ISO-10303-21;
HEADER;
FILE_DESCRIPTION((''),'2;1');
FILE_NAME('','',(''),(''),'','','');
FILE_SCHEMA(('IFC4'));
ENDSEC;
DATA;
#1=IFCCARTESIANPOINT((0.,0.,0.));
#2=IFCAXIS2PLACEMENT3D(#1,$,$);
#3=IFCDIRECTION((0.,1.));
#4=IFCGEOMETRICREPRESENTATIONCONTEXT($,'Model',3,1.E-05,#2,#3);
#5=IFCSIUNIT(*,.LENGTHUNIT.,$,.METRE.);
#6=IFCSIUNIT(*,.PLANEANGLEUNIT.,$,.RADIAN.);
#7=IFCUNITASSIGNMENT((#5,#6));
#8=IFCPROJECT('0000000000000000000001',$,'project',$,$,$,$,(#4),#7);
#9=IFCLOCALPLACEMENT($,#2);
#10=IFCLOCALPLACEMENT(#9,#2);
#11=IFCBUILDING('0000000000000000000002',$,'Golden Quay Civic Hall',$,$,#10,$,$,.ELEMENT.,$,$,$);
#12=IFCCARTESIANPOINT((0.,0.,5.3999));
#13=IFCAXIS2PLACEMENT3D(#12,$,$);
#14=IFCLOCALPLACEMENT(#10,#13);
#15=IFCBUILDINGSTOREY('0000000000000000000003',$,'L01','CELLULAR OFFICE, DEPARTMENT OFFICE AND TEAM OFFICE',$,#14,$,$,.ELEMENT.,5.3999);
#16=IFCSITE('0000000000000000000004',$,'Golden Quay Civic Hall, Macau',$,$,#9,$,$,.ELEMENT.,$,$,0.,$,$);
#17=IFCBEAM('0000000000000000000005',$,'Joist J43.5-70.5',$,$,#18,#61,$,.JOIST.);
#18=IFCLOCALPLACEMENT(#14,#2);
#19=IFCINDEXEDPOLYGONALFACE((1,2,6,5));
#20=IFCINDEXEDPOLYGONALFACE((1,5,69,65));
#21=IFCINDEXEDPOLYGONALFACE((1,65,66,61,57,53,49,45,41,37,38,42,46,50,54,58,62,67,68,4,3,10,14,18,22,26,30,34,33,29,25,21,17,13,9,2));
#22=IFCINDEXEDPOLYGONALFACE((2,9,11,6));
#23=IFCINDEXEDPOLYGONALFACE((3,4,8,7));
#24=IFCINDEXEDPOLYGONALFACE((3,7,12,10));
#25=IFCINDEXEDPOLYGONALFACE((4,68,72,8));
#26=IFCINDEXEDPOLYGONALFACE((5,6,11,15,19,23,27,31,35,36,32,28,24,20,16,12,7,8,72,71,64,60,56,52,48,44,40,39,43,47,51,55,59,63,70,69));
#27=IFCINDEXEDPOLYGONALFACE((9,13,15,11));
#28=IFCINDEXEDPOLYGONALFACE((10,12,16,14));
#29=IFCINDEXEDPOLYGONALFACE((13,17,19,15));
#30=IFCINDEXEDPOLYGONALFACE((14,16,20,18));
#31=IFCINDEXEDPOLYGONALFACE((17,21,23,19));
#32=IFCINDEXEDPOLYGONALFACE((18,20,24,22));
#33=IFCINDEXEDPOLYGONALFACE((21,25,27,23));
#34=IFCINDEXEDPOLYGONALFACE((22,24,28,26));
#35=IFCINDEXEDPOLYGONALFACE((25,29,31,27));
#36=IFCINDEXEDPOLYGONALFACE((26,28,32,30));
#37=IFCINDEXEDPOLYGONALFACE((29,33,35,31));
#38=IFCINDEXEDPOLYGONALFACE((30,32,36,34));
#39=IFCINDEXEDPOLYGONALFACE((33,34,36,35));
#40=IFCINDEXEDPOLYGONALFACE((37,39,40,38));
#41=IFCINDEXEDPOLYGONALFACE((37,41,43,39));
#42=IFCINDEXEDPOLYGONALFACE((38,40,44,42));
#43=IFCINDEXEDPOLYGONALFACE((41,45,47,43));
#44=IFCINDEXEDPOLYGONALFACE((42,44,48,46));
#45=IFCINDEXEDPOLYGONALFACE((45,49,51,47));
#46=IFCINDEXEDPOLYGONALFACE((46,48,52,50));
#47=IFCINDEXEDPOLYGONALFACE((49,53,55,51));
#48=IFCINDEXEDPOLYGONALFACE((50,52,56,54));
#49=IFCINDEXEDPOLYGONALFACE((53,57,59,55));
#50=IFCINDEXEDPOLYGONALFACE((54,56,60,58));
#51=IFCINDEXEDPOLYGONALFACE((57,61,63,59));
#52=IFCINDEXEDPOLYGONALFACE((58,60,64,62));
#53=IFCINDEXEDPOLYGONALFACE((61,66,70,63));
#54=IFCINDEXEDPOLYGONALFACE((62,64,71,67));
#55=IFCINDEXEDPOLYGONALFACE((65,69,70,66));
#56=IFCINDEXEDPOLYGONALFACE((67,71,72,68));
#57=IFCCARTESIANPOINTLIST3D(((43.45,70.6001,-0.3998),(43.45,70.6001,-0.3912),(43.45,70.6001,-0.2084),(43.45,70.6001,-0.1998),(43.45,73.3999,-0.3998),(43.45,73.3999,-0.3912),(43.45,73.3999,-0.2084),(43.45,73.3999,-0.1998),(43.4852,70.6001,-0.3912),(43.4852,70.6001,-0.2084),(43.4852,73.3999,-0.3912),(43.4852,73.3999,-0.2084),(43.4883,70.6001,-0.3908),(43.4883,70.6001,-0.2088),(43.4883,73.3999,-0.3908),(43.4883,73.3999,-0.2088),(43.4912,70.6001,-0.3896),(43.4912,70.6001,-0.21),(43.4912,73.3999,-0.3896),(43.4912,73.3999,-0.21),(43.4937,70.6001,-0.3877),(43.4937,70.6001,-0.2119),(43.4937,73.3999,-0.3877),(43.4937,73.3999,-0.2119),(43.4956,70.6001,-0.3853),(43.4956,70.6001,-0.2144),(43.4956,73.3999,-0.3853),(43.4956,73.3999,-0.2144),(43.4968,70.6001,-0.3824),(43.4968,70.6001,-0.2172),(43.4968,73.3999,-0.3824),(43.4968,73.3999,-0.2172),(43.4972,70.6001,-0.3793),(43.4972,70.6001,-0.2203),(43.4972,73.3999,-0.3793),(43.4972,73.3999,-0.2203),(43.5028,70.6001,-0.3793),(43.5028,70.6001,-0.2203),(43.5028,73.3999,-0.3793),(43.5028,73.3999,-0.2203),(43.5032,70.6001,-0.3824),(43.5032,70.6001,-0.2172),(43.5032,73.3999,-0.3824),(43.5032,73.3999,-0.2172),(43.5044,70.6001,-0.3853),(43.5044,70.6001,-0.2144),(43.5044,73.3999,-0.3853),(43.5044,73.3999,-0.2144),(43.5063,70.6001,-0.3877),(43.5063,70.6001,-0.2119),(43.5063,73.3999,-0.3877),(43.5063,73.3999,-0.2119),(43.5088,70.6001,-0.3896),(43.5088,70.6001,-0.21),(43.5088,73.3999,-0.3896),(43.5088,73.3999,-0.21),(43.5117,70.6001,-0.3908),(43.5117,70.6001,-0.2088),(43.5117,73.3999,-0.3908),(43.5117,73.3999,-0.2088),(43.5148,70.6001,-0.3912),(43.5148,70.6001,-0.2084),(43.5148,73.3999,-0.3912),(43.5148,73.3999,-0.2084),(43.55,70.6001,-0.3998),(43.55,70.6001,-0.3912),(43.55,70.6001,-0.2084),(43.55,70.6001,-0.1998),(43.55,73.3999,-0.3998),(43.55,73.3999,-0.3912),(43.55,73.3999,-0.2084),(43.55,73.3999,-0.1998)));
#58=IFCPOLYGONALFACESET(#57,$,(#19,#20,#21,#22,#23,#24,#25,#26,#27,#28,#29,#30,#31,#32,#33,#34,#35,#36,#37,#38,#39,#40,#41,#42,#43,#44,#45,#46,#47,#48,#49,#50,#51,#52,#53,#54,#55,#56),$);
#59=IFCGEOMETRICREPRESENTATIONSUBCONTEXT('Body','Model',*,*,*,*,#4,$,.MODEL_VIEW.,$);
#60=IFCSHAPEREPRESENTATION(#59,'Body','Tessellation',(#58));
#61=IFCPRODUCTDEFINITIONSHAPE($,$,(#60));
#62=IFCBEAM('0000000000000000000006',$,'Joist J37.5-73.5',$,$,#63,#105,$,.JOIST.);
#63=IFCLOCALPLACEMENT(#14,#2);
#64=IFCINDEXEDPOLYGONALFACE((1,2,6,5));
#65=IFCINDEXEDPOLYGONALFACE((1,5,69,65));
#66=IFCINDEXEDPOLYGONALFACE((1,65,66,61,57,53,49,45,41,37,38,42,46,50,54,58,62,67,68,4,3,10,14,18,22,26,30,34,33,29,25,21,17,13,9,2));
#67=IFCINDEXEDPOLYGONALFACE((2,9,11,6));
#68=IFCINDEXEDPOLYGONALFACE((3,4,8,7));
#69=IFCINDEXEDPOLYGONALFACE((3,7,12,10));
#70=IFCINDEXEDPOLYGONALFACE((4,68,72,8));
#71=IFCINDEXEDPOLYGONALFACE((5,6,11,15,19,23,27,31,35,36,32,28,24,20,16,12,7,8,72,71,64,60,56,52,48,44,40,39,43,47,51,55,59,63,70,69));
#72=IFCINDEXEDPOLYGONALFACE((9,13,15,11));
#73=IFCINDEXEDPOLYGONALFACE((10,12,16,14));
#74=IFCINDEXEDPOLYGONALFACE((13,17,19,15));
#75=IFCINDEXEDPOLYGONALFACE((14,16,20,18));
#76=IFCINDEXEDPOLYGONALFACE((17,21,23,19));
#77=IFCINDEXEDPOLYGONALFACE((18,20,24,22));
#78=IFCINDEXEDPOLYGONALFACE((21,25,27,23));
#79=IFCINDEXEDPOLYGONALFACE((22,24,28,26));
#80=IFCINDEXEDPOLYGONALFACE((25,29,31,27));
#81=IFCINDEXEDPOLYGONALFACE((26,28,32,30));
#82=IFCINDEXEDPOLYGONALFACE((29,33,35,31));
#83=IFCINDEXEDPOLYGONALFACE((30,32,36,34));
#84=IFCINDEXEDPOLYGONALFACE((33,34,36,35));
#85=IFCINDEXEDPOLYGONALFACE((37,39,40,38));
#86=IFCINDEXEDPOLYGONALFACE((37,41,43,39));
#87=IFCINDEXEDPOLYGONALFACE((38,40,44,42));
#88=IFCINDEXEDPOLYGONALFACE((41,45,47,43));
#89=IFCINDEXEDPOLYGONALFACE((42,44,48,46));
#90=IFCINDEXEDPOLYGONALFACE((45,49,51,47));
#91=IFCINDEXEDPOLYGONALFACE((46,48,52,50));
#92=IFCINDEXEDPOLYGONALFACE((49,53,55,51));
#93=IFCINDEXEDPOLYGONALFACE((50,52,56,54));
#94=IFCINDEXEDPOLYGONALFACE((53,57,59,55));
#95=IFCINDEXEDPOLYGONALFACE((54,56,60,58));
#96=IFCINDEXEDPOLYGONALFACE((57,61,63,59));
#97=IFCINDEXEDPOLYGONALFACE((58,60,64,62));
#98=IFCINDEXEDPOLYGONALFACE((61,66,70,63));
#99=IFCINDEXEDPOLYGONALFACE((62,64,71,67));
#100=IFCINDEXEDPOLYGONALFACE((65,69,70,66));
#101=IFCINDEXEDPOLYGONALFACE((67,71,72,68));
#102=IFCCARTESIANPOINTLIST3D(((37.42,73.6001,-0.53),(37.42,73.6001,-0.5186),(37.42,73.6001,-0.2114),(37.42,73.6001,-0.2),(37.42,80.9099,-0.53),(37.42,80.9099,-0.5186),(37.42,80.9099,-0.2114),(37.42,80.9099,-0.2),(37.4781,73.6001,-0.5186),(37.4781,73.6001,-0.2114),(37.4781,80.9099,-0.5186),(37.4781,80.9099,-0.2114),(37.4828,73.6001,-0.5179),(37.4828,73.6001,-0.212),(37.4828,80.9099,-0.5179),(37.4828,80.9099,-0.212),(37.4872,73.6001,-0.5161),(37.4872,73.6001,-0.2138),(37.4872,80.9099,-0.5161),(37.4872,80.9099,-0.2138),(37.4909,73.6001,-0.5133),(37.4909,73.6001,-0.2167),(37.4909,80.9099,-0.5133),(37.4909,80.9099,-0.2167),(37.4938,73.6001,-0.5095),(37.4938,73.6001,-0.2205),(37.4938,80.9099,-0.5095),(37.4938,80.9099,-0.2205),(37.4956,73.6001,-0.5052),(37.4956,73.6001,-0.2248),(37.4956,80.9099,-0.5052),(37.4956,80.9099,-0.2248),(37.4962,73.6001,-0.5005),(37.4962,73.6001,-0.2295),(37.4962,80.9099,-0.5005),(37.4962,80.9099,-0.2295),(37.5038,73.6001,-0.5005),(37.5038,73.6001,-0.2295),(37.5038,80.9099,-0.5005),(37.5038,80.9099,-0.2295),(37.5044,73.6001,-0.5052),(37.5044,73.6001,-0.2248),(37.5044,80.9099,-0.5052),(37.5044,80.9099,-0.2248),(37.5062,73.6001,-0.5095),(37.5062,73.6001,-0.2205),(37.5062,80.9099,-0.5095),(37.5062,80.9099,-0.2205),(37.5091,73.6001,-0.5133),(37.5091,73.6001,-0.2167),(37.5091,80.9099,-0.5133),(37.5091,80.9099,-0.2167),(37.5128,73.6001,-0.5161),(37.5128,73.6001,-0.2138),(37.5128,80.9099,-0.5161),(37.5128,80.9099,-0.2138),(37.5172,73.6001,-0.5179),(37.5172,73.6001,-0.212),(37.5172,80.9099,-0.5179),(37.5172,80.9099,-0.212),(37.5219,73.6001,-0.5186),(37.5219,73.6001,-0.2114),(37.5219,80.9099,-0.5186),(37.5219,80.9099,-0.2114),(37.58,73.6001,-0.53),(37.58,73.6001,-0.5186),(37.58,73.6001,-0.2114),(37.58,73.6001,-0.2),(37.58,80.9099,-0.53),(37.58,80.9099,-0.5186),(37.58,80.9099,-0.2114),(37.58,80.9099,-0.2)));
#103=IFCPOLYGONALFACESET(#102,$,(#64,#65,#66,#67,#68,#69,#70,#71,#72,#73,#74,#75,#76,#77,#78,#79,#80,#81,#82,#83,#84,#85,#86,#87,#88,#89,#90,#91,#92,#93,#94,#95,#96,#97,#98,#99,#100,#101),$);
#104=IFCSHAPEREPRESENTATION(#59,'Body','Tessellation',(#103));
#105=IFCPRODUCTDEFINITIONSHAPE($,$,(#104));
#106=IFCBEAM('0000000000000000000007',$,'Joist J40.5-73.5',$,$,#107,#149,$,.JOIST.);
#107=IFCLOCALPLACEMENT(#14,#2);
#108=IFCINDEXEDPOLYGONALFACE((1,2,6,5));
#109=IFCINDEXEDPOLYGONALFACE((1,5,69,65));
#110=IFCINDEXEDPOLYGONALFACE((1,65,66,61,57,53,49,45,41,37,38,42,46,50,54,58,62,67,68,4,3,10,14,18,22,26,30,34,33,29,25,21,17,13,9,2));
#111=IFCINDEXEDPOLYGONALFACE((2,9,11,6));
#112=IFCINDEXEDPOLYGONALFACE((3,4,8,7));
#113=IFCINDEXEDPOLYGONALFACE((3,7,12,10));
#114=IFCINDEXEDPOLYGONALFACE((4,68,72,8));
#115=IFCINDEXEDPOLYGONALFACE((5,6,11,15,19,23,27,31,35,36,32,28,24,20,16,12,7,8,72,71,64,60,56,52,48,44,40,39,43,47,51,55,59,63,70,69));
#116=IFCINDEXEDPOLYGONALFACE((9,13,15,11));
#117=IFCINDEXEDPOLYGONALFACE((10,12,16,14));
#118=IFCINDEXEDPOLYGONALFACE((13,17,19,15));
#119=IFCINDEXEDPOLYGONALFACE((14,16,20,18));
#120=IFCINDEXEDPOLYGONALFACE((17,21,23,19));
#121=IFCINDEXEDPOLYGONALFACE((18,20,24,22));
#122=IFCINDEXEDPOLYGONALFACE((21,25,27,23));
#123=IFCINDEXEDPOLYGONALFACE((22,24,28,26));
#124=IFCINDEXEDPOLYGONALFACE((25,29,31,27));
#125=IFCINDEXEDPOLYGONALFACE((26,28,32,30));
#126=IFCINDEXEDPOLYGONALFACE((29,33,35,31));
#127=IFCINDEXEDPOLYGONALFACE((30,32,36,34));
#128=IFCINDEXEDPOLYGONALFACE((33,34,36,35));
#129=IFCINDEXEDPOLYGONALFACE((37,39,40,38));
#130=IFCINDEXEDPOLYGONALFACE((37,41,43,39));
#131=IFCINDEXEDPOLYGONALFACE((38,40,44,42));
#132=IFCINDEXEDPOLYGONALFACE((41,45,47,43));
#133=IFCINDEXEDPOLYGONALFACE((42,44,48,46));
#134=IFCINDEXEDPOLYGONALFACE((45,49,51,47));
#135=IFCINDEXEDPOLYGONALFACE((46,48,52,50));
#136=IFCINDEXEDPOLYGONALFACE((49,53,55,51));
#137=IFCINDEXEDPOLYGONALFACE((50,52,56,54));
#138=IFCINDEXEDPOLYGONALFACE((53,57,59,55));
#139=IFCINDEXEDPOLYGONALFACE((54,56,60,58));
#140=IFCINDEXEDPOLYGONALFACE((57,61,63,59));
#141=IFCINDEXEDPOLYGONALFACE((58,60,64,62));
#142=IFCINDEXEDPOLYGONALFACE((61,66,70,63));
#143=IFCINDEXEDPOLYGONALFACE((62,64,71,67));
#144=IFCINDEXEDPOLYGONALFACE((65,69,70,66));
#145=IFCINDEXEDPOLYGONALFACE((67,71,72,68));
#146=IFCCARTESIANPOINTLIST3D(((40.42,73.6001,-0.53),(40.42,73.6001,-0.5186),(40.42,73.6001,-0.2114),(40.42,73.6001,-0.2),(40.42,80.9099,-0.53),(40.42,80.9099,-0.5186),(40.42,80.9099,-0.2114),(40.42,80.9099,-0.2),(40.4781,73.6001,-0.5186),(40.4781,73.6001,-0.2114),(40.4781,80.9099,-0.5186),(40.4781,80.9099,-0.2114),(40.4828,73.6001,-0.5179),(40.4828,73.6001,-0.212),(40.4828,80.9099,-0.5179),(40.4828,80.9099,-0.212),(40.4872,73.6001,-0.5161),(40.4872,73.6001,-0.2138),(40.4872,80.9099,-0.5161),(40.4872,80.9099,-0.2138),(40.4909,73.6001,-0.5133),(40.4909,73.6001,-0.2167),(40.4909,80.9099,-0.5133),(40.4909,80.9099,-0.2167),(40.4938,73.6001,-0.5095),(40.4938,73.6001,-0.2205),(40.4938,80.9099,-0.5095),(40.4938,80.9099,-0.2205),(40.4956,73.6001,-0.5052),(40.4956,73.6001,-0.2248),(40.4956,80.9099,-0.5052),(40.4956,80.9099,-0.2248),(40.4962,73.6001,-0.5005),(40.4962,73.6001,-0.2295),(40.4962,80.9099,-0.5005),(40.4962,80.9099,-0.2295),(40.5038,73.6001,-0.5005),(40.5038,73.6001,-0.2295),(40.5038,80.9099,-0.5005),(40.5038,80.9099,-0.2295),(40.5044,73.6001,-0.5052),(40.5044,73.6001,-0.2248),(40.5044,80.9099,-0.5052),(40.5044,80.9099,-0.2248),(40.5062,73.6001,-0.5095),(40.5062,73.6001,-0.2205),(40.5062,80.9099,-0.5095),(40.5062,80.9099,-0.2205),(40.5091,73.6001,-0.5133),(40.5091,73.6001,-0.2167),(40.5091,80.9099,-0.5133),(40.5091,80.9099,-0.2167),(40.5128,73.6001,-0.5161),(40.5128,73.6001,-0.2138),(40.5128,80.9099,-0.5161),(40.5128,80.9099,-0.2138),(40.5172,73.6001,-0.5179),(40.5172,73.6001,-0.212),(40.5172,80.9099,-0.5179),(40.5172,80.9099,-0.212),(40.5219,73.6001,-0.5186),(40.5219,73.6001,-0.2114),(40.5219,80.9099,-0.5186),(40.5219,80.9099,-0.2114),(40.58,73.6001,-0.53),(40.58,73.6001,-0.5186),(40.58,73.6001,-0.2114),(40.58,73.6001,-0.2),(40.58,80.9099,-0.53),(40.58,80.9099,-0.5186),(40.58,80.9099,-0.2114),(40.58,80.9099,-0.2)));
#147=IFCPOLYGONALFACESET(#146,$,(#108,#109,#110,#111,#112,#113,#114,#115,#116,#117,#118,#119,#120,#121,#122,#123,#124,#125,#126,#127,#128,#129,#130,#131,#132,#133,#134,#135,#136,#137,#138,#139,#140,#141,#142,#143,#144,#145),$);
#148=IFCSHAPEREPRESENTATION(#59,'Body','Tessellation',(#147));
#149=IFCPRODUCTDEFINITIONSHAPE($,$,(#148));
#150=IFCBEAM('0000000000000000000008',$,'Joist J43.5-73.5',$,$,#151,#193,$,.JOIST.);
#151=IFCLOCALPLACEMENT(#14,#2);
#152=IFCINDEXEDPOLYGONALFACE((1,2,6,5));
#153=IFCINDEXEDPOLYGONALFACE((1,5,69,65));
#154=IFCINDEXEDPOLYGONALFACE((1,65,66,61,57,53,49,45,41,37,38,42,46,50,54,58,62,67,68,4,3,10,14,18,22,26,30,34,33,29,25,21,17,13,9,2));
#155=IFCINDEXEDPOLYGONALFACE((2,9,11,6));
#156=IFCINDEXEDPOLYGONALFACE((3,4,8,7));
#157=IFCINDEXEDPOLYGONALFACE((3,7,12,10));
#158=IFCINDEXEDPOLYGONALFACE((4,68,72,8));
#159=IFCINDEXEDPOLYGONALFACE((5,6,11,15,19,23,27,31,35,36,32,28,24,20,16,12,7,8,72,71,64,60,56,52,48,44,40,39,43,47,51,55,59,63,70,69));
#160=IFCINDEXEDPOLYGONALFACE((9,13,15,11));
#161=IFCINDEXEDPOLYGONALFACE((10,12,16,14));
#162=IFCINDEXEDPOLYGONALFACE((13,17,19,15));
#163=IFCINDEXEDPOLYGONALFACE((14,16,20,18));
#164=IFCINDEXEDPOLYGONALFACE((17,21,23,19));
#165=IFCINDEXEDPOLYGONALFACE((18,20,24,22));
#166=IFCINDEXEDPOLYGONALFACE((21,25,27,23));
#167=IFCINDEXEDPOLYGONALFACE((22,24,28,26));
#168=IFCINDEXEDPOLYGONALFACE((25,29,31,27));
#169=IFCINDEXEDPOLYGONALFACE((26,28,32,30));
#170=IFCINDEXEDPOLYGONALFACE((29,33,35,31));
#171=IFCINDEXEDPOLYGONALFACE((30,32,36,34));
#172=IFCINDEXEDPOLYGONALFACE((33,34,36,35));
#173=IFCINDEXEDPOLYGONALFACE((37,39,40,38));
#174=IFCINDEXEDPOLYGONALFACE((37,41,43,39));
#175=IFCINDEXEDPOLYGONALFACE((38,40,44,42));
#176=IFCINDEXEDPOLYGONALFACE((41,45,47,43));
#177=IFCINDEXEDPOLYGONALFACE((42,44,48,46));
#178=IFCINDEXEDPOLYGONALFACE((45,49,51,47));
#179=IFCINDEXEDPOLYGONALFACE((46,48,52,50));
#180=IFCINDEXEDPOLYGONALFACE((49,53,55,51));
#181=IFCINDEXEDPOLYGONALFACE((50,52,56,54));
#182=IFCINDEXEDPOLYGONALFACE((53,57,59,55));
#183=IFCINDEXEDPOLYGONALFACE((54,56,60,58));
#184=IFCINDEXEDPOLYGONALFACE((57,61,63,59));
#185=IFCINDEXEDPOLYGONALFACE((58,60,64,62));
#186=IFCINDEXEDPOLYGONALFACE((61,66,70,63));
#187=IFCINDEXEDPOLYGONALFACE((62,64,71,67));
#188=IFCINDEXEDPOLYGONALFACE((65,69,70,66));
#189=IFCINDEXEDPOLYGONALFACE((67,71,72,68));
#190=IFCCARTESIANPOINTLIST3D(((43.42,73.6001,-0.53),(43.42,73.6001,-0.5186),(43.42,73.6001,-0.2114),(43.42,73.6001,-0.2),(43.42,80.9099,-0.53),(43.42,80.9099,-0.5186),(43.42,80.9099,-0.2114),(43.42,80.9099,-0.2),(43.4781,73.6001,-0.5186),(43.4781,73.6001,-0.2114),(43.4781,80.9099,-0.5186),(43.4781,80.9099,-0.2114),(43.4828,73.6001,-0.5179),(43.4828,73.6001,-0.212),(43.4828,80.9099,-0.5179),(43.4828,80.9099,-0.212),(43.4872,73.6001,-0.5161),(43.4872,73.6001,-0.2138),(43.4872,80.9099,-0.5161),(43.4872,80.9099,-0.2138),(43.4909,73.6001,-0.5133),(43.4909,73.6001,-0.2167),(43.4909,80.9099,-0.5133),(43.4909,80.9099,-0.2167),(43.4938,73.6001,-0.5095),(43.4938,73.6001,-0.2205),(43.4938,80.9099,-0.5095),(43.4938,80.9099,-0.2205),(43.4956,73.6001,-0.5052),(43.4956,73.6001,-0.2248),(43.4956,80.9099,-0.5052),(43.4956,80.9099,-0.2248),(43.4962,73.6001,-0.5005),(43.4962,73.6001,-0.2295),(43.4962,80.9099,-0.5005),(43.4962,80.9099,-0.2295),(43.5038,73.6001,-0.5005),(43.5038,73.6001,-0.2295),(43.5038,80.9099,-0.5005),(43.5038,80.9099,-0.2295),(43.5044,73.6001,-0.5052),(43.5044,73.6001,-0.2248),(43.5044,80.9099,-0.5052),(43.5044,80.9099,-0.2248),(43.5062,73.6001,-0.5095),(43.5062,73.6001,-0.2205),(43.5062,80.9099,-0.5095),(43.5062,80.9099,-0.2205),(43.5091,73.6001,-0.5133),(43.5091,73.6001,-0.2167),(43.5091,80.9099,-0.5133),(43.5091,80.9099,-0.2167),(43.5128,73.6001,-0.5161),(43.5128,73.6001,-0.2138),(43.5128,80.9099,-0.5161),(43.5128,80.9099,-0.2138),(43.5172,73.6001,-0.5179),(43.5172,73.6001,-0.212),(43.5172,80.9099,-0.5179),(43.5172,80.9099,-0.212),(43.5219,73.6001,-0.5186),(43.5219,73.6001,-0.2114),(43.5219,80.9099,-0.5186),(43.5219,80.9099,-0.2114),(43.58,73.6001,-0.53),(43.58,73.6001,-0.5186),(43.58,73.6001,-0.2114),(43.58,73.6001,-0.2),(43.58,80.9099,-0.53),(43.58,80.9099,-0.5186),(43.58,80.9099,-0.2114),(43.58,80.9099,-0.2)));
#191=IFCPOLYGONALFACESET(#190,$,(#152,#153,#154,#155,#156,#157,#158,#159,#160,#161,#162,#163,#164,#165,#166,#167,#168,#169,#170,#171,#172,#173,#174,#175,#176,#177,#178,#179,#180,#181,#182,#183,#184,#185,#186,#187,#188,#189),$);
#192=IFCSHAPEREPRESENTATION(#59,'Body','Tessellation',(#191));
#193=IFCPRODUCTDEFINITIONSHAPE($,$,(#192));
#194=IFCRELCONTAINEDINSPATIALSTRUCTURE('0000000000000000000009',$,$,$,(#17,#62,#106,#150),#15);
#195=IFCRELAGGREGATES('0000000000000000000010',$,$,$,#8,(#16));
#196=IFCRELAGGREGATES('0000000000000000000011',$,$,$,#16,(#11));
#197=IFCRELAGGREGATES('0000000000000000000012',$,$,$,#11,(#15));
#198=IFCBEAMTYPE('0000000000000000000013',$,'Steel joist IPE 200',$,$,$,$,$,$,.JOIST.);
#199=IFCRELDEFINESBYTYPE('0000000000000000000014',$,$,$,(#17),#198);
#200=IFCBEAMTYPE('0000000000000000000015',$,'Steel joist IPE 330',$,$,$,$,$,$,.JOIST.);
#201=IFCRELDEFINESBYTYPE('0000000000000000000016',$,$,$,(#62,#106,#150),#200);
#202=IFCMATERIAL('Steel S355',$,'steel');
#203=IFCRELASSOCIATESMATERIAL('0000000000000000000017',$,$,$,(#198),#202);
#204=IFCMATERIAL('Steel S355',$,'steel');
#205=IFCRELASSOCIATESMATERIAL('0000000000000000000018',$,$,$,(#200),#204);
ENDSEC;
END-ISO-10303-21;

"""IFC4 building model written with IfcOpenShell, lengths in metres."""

from ifc_helpers import new_model, si_unit, direction, frame, origin, origin_2d, place, context, subcontext, project, spatial, i_section, extrude, material, material_profile, profile_set, type_object, element, save


model = new_model("IFC4")

# Units and contexts
model_context = context("Model", 3, precision=1e-05, world=origin(), true_north=direction((0.0, 1.0)))
body_context = subcontext(model_context, "Body", "Model", "MODEL_VIEW")
ifc_project = project(units=[si_unit("LENGTHUNIT", "METRE"), si_unit("PLANEANGLEUNIT", "RADIAN")], contexts=[model_context])

# Site, building, storey
site_placement = place(None, origin())
site = spatial("IfcSite", under=ifc_project, at=site_placement, Name="Golden Quay Civic Hall, Macau", CompositionType="ELEMENT", RefElevation=0.0)
building_placement = place(site_placement, origin())
building = spatial("IfcBuilding", under=site, at=building_placement, Name="Golden Quay Civic Hall", CompositionType="ELEMENT")
storey_placement = place(building_placement, frame((0.0, 0.0, 5.3999)))
storey = spatial("IfcBuildingStorey", under=building, at=storey_placement, Name="L01", Description="CELLULAR OFFICE, DEPARTMENT OFFICE AND TEAM OFFICE", CompositionType="ELEMENT", Elevation=5.3999)

# Beams
ifc_material_1 = material(Name="Steel S355", Category="steel")
ifc_material_profile_1 = material_profile(ifc_material_1, i_section(OverallWidth=0.1001, OverallDepth=0.2, WebThickness=0.0056, FlangeThickness=0.0085, FilletRadius=0.012, at=origin_2d()), Name="IPE 200")
ifc_profile_set_1 = profile_set([ifc_material_profile_1], Name="Steel S355")
beam_type_1 = type_object("IfcBeamType", Name="Steel joist IPE 200", PredefinedType="JOIST", material=ifc_profile_set_1)
for number, where, z_axis, x_axis, name in (
    (1, (43.5, 70.6001, -0.2998), (0.0, 1.0, 0.0), (-1.0, 0.0, 0.0), "Joist J43.5-70.5"),
):
    element("IfcBeam", number, at=place(storey_placement, frame(where, z_axis=z_axis, x_axis=x_axis)), inside=storey, type_object=beam_type_1, Name=name, PredefinedType="JOIST", context=body_context, shape_type="SweptSolid", body=[
        extrude(i_section(OverallWidth=0.1001, OverallDepth=0.2, WebThickness=0.0056, FlangeThickness=0.0085, FilletRadius=0.012, at=origin_2d()), origin(), (0.0, 0.0, 1.0), 2.7998),
    ])
ifc_material_2 = material(Name="Steel S355", Category="steel")
ifc_material_profile_2 = material_profile(ifc_material_2, i_section(OverallWidth=0.1599, OverallDepth=0.3301, WebThickness=0.0076, FlangeThickness=0.0115, FilletRadius=0.0181, at=origin_2d()), Name="IPE 330")
ifc_profile_set_2 = profile_set([ifc_material_profile_2], Name="Steel S355")
beam_type_2 = type_object("IfcBeamType", Name="Steel joist IPE 330", PredefinedType="JOIST", material=ifc_profile_set_2)
for number, where, z_axis, x_axis, name in (
    (2, (37.5, 73.6001, -0.365), (0.0, 1.0, 0.0), (-1.0, 0.0, 0.0), "Joist J37.5-73.5"),
    (3, (40.5, 73.6001, -0.365), (0.0, 1.0, 0.0), (-1.0, 0.0, 0.0), "Joist J40.5-73.5"),
    (4, (43.5, 73.6001, -0.365), (0.0, 1.0, 0.0), (-1.0, 0.0, 0.0), "Joist J43.5-73.5"),
):
    element("IfcBeam", number, at=place(storey_placement, frame(where, z_axis=z_axis, x_axis=x_axis)), inside=storey, type_object=beam_type_2, Name=name, PredefinedType="JOIST", context=body_context, shape_type="SweptSolid", body=[
        extrude(i_section(OverallWidth=0.1599, OverallDepth=0.3301, WebThickness=0.0076, FlangeThickness=0.0115, FilletRadius=0.0181, at=origin_2d()), origin(), (0.0, 0.0, 1.0), 7.3098),
    ])

save(model, "model.ifc")
